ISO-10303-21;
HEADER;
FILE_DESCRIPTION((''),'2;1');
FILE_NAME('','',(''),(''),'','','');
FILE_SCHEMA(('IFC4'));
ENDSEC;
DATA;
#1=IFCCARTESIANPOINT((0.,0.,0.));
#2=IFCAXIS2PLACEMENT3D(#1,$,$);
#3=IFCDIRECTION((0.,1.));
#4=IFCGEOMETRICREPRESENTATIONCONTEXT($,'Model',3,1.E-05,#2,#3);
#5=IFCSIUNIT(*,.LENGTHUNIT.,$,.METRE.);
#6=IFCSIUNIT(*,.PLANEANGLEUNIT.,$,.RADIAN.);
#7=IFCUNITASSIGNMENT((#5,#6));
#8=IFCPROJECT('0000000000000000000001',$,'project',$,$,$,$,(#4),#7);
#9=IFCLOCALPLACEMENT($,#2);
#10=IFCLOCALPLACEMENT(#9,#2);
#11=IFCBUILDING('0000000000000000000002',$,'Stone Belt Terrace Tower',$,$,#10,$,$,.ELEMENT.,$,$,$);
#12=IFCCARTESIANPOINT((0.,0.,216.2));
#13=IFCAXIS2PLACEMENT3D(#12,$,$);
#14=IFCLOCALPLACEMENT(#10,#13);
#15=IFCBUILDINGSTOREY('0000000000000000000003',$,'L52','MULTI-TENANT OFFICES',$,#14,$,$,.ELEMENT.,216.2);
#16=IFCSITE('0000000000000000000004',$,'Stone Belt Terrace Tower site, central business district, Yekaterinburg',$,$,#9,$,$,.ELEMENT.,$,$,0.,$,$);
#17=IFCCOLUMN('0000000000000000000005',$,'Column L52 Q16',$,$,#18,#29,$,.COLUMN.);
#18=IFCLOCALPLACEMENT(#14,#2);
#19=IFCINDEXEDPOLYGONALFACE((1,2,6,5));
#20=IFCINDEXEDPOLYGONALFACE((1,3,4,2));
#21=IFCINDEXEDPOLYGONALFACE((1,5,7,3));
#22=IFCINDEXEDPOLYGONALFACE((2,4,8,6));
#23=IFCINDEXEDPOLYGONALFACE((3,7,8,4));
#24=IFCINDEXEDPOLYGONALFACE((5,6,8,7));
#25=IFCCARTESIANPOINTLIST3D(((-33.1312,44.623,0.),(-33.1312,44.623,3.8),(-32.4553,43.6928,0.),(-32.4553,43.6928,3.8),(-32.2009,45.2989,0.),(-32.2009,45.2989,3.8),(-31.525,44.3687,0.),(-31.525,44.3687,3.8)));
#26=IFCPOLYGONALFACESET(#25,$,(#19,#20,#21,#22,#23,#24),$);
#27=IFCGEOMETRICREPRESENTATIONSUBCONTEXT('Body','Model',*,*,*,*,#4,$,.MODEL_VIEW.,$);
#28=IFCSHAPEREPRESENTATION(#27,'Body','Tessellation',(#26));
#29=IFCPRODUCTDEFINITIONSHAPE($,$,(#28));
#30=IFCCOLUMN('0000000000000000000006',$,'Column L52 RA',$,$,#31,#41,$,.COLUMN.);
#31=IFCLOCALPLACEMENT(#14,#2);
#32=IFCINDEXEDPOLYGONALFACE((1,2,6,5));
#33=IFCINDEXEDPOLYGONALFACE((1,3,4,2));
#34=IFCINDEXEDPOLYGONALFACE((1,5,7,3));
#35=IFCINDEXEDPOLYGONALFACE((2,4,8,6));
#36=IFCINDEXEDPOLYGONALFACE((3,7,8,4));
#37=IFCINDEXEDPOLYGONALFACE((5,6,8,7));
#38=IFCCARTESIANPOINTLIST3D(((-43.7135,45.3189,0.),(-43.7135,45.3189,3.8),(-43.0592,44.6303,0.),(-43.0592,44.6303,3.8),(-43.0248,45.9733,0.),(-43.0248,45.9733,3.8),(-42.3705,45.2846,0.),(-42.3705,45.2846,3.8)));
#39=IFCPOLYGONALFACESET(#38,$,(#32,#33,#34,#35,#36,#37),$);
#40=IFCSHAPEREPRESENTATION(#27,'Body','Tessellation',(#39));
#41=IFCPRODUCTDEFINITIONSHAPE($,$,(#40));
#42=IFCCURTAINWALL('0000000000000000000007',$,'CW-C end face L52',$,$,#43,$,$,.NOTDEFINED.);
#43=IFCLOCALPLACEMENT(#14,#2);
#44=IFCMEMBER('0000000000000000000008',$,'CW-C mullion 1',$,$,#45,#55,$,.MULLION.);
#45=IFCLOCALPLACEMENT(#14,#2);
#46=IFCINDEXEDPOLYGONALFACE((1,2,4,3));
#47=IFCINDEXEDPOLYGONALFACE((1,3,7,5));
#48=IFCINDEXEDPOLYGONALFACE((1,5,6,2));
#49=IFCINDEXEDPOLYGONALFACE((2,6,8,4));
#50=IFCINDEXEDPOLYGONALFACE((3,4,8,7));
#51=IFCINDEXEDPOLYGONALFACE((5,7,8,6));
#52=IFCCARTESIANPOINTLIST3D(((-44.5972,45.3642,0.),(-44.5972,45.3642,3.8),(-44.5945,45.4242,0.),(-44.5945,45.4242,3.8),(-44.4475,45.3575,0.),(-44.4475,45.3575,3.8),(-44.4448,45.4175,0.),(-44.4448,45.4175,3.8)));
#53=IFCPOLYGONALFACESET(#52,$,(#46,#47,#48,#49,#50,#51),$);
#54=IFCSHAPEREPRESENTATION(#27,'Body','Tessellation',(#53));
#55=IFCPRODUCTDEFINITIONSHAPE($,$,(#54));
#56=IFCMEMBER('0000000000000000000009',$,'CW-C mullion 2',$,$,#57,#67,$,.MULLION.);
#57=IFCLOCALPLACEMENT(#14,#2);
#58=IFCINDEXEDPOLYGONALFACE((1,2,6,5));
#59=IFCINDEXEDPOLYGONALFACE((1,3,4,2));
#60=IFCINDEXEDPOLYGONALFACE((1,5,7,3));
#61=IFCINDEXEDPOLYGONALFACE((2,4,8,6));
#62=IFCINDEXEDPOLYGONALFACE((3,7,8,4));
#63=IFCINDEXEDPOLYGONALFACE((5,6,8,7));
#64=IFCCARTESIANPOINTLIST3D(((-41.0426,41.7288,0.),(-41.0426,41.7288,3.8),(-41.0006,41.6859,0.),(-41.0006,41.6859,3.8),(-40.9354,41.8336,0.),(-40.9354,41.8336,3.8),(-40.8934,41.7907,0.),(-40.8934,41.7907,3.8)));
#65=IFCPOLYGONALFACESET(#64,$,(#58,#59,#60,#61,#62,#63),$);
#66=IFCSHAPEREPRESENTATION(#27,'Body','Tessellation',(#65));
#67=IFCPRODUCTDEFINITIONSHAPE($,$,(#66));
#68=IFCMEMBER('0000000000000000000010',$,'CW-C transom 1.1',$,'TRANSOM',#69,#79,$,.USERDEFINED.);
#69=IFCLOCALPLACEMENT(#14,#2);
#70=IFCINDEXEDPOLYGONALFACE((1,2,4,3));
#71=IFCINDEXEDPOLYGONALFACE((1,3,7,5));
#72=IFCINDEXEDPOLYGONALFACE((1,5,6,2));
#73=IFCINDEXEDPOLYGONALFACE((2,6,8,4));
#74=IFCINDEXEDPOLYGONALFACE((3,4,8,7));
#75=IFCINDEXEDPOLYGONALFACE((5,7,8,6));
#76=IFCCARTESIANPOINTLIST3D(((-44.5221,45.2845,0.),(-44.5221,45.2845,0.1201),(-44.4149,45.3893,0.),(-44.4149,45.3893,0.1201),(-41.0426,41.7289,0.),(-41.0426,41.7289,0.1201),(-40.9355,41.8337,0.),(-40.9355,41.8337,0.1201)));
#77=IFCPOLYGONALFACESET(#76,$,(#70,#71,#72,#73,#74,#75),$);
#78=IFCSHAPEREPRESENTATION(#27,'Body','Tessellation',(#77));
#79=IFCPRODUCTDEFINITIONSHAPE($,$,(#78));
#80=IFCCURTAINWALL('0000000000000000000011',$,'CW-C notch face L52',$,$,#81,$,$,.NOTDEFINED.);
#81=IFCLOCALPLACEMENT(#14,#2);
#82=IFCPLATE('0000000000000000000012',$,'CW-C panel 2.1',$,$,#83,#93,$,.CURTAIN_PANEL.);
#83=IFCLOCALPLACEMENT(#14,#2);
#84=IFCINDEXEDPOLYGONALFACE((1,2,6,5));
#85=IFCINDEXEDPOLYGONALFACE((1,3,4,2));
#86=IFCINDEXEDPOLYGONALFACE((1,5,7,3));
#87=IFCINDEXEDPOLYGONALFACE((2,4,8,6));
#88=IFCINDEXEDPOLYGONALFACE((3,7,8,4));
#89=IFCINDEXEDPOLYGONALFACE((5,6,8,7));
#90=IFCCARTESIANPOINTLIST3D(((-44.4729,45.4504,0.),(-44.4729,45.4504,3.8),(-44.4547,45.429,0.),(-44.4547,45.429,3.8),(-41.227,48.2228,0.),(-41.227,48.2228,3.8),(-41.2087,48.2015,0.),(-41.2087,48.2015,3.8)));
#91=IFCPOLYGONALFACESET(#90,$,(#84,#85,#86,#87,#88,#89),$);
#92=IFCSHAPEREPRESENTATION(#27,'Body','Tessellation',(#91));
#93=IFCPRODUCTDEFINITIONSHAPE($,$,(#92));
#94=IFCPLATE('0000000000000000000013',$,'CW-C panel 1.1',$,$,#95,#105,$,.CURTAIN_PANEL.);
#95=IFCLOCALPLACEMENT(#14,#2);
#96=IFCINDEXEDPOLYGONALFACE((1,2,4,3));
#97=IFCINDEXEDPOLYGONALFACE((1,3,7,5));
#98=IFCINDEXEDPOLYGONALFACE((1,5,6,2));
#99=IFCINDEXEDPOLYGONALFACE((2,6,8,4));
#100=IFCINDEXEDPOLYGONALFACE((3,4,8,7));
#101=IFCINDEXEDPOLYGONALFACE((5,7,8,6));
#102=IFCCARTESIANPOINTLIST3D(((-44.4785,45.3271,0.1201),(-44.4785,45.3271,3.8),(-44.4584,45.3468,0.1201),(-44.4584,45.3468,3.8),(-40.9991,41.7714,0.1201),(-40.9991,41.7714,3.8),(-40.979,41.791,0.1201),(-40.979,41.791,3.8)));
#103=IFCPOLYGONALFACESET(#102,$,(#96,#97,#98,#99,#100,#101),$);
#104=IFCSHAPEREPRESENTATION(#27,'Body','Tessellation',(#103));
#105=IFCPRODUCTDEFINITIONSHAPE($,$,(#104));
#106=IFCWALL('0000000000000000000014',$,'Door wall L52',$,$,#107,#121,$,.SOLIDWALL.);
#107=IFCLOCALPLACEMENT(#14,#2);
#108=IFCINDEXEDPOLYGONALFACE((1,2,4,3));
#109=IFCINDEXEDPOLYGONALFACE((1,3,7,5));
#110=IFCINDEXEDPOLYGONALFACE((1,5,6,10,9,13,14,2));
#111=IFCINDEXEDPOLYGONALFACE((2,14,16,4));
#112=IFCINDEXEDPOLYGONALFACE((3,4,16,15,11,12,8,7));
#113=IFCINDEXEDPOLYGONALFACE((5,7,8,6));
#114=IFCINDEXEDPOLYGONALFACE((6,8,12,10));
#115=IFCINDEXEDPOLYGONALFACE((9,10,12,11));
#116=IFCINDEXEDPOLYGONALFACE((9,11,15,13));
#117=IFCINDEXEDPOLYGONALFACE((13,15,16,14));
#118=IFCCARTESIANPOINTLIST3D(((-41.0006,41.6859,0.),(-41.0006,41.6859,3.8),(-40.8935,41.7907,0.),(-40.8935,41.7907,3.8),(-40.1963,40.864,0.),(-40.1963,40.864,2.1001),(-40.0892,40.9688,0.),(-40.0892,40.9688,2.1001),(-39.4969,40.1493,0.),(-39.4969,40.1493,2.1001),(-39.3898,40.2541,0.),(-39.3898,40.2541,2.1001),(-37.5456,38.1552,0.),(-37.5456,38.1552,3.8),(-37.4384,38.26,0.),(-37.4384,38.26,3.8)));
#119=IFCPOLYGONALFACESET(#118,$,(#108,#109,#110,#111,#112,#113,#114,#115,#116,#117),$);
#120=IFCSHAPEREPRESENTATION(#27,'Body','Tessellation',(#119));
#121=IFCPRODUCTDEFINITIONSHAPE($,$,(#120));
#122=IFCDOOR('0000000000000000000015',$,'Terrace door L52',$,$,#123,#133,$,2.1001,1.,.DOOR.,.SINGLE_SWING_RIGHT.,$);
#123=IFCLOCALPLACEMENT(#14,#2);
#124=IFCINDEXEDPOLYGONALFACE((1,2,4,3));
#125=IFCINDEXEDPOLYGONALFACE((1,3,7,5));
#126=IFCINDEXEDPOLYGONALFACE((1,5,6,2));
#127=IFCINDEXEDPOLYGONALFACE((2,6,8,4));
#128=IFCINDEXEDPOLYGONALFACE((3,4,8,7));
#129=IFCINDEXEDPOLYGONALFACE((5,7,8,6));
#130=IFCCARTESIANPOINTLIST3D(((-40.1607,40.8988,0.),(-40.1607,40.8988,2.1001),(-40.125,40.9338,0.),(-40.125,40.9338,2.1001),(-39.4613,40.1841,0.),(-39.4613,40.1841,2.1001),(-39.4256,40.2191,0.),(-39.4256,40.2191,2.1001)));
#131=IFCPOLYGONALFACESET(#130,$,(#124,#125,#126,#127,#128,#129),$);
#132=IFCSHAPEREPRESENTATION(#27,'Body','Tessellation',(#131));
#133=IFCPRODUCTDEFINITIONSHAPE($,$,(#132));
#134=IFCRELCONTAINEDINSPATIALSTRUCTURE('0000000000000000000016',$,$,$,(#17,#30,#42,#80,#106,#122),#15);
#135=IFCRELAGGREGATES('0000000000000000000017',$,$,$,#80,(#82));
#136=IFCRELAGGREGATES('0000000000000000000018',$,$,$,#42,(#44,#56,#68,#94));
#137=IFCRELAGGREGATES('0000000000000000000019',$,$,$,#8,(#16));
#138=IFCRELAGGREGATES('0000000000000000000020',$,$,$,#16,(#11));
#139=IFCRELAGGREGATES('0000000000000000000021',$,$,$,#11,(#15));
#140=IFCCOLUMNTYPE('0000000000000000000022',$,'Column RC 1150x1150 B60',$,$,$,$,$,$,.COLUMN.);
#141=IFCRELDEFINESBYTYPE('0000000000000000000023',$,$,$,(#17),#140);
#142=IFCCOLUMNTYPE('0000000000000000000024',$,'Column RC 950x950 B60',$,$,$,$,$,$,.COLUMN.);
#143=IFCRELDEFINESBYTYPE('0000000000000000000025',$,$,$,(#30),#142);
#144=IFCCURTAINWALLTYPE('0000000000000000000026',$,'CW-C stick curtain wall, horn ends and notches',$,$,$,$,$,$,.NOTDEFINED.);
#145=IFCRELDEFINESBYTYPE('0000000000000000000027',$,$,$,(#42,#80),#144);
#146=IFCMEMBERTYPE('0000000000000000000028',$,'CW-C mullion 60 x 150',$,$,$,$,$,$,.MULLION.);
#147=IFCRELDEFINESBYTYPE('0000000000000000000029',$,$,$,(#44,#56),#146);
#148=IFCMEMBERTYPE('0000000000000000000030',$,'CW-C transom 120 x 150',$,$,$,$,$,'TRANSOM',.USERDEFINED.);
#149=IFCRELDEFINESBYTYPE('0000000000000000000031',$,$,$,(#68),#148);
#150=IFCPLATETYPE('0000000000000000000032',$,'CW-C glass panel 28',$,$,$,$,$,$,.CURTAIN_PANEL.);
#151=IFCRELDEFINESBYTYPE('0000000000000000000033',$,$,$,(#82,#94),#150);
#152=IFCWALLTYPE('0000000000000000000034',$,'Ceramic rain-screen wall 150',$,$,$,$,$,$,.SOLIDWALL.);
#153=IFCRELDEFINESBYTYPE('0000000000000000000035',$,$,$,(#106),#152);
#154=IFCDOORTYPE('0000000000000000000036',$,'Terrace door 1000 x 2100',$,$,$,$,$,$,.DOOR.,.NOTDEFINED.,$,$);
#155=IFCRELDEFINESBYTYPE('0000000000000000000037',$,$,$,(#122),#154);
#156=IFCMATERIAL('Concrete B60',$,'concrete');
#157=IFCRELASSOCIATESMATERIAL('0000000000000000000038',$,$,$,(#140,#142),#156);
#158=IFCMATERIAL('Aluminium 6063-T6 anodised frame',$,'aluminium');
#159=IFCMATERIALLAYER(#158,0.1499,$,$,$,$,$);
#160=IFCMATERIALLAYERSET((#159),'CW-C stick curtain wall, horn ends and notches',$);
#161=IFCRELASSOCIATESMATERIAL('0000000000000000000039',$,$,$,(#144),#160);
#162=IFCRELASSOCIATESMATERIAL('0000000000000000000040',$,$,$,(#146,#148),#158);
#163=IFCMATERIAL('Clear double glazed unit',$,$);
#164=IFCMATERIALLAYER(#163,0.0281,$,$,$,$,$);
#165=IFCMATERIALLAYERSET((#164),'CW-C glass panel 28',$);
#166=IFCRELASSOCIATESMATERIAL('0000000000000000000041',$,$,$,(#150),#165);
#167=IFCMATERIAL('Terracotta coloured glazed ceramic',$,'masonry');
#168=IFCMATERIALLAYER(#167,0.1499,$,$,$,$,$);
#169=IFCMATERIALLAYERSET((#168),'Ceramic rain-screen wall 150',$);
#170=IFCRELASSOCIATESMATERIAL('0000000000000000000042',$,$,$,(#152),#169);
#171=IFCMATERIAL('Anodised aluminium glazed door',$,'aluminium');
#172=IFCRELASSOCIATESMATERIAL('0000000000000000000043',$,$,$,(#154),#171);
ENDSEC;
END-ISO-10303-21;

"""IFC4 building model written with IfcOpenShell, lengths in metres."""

from ifc_helpers import new_model, si_unit, direction, frame, frame_2d, origin, origin_2d, place, context, subcontext, project, spatial, rectangle, extrude, material, layer, layer_set, material_profile, profile_set, type_object, element, fill, aggregate, save


model = new_model("IFC4")

# Units and contexts
model_context = context("Model", 3, precision=1e-05, world=origin(), true_north=direction((0.0, 1.0)))
body_context = subcontext(model_context, "Body", "Model", "MODEL_VIEW")
ifc_project = project(units=[si_unit("LENGTHUNIT", "METRE"), si_unit("PLANEANGLEUNIT", "RADIAN")], contexts=[model_context])

# Site, building, storey
site_placement = place(None, origin())
site = spatial("IfcSite", under=ifc_project, at=site_placement, Name="Stone Belt Terrace Tower site, central business district, Yekaterinburg", CompositionType="ELEMENT", RefElevation=0.0)
building_placement = place(site_placement, origin())
building = spatial("IfcBuilding", under=site, at=building_placement, Name="Stone Belt Terrace Tower", CompositionType="ELEMENT")
storey_placement = place(building_placement, frame((0.0, 0.0, 216.2)))
storey = spatial("IfcBuildingStorey", under=building, at=storey_placement, Name="L52", Description="MULTI-TENANT OFFICES", CompositionType="ELEMENT", Elevation=216.2)

# Columns
ifc_material_1 = material(Name="Concrete B60", Category="concrete")
ifc_material_profile_1 = material_profile(ifc_material_1, rectangle(XDim=1.1499, YDim=1.1499, at=origin_2d()), Name="RC 1150x1150")
ifc_profile_set_1 = profile_set([ifc_material_profile_1], Name="Concrete B60")
column_type_1 = type_object("IfcColumnType", Name="Column RC 1150x1150 B60", PredefinedType="COLUMN", material=ifc_profile_set_1)
column_1_placement = place(storey_placement, frame((-32.3281, 44.4958, 0.0), z_axis=(0.0, 0.0, 1.0), x_axis=(0.809017, 0.587785, 0.0)))
element("IfcColumn", 1, at=column_1_placement, inside=storey, type_object=column_type_1, Name="Column L52 Q16", PredefinedType="COLUMN", context=body_context, shape_type="SweptSolid", body=[
    extrude(rectangle(XDim=1.1499, YDim=1.1499, at=origin_2d()), origin(), (0.0, 0.0, 1.0), 3.8),
])
ifc_material_profile_2 = material_profile(ifc_material_1, rectangle(XDim=0.95, YDim=0.95, at=origin_2d()), Name="RC 950x950")
ifc_profile_set_2 = profile_set([ifc_material_profile_2], Name="Concrete B60")
column_type_2 = type_object("IfcColumnType", Name="Column RC 950x950 B60", PredefinedType="COLUMN", material=ifc_profile_set_2)
column_2_placement = place(storey_placement, frame((-43.042, 45.3018, 0.0), z_axis=(0.0, 0.0, 1.0), x_axis=(0.724959, 0.688792, 0.0)))
element("IfcColumn", 2, at=column_2_placement, inside=storey, type_object=column_type_2, Name="Column L52 RA", PredefinedType="COLUMN", context=body_context, shape_type="SweptSolid", body=[
    extrude(rectangle(XDim=0.95, YDim=0.95, at=origin_2d()), origin(), (0.0, 0.0, 1.0), 3.8),
])

# Curtain wall, members
ifc_material_2 = material(Name="Aluminium 6063-T6 anodised frame", Category="aluminium")
ifc_layer_1 = layer(ifc_material_2, 0.1499)
ifc_layer_set_1 = layer_set([ifc_layer_1], Name="CW-C stick curtain wall, horn ends and notches")
curtain_wall_type = type_object("IfcCurtainWallType", Name="CW-C stick curtain wall, horn ends and notches", PredefinedType="NOTDEFINED", material=ifc_layer_set_1)
curtain_wall_1_placement = place(storey_placement, origin())
curtain_wall_1 = element("IfcCurtainWall", 3, at=curtain_wall_1_placement, inside=storey, type_object=curtain_wall_type, Name="CW-C end face L52", PredefinedType="NOTDEFINED")
ifc_material_profile_3 = material_profile(ifc_material_2, rectangle(XDim=0.1499, YDim=0.0601, at=origin_2d()), Name="Aluminium 6063-T6 60x150")
ifc_profile_set_3 = profile_set([ifc_material_profile_3], Name="Aluminium 6063-T6 anodised frame")
member_type_1 = type_object("IfcMemberType", Name="CW-C mullion 60 x 150", PredefinedType="MULLION", material=ifc_profile_set_3)
member_1_placement = place(storey_placement, frame((-44.521, 45.3909, 0.0), z_axis=(0.0, 0.0, 1.0), x_axis=(0.999002, -0.044672, 0.0)))
member_1 = element("IfcMember", 4, at=member_1_placement, type_object=member_type_1, Name="CW-C mullion 1", PredefinedType="MULLION", context=body_context, shape_type="SweptSolid", body=[
    extrude(rectangle(XDim=0.1499, YDim=0.0601, at=origin_2d()), origin(), (0.0, 0.0, 1.0), 3.8),
])
member_2_placement = place(storey_placement, frame((-40.968, 41.7598, 0.0), z_axis=(0.0, 0.0, 1.0), x_axis=(0.714739, 0.699391, 0.0)))
member_2 = element("IfcMember", 5, at=member_2_placement, type_object=member_type_1, Name="CW-C mullion 2", PredefinedType="MULLION", context=body_context, shape_type="SweptSolid", body=[
    extrude(rectangle(XDim=0.1499, YDim=0.0601, at=origin_2d()), origin(), (0.0, 0.0, 1.0), 3.8),
])
ifc_material_profile_4 = material_profile(ifc_material_2, rectangle(XDim=0.1499, YDim=0.1201, at=origin_2d()), Name="Aluminium 6063-T6 150x120")
ifc_profile_set_4 = profile_set([ifc_material_profile_4], Name="Aluminium 6063-T6 anodised frame")
member_type_2 = type_object("IfcMemberType", Name="CW-C transom 120 x 150", ElementType="TRANSOM", PredefinedType="USERDEFINED", material=ifc_profile_set_4)
member_3_placement = place(storey_placement, frame((-44.4685, 45.3369, 0.0601), z_axis=(0.69941, -0.714721, 0.0), x_axis=(0.714721, 0.69941, 0.0)))
member_3 = element("IfcMember", 6, at=member_3_placement, type_object=member_type_2, Name="CW-C transom 1.1", ObjectType="TRANSOM", PredefinedType="USERDEFINED", context=body_context, shape_type="SweptSolid", body=[
    extrude(rectangle(XDim=0.1499, YDim=0.1201, at=origin_2d()), origin(), (0.0, 0.0, 1.0), 4.9749),
])

# Curtain wall, plate
curtain_wall_2_placement = place(storey_placement, origin())
curtain_wall_2 = element("IfcCurtainWall", 7, at=curtain_wall_2_placement, inside=storey, type_object=curtain_wall_type, Name="CW-C notch face L52", PredefinedType="NOTDEFINED")
ifc_material_3 = material(Name="Clear double glazed unit")
ifc_layer_2 = layer(ifc_material_3, 0.0281)
ifc_layer_set_2 = layer_set([ifc_layer_2], Name="CW-C glass panel 28")
plate_type = type_object("IfcPlateType", Name="CW-C glass panel 28", PredefinedType="CURTAIN_PANEL", material=ifc_layer_set_2)
plate_1_placement = place(storey_placement, frame((-42.8408, 46.8259, 0.0), z_axis=(0.0, 0.0, 1.0), x_axis=(-0.760394, -0.649462, 0.0)))
plate_1 = element("IfcPlate", 8, at=plate_1_placement, type_object=plate_type, Name="CW-C panel 2.1", PredefinedType="CURTAIN_PANEL", context=body_context, shape_type="SweptSolid", body=[
    extrude(rectangle(XDim=4.2688, YDim=0.0281, at=origin_2d()), origin(), (0.0, 0.0, 1.0), 3.8),
])
aggregate(curtain_wall_2, [plate_1])

# Plate
plate_2_placement = place(storey_placement, frame((-42.7288, 43.5591, 0.1201), z_axis=(0.0, 0.0, 1.0), x_axis=(0.699391, -0.714739, 0.0)))
plate_2 = element("IfcPlate", 9, at=plate_2_placement, type_object=plate_type, Name="CW-C panel 1.1", PredefinedType="CURTAIN_PANEL", context=body_context, shape_type="SweptSolid", body=[
    extrude(rectangle(XDim=4.9749, YDim=0.0281, at=origin_2d()), origin(), (0.0, 0.0, 1.0), 3.6799),
])
aggregate(curtain_wall_1, [member_1, member_2, member_3, plate_2])

# Wall, opening, door
ifc_material_4 = material(Name="Terracotta coloured glazed ceramic", Category="masonry")
ifc_layer_3 = layer(ifc_material_4, 0.1499)
ifc_layer_set_3 = layer_set([ifc_layer_3], Name="Ceramic rain-screen wall 150")
wall_type_1 = type_object("IfcWallType", Name="Ceramic rain-screen wall 150", PredefinedType="SOLIDWALL", material=ifc_layer_set_3)
wall_1_placement = place(storey_placement, frame((-40.947, 41.7383, 0.0), z_axis=(0.0, 0.0, 1.0), x_axis=(0.699405, -0.714726, 0.0)))
wall_1 = element("IfcWall", 10, at=wall_1_placement, inside=storey, type_object=wall_type_1, Name="Door wall L52", PredefinedType="SOLIDWALL", context=body_context, shape_type="SweptSolid", body=[
    extrude(rectangle(XDim=4.9399, YDim=0.1499, at=frame_2d((2.47, 0.0))), origin(), (0.0, 0.0, 1.0), 3.8),
])
opening_1_placement = place(wall_1_placement, frame((1.1499, 0.0, 0.0)))
opening_1 = element("IfcOpeningElement", 11, at=opening_1_placement, cuts=wall_1, PredefinedType="OPENING", context=body_context, shape_type="SweptSolid", body=[
    extrude(rectangle(XDim=1.0, YDim=2.1001, at=frame_2d((0.5, 1.05))), frame((0.0, 0.085, 0.0), z_axis=(0.0, -1.0, 0.0), x_axis=(1.0, 0.0, 0.0)), (0.0, 0.0, 1.0), 0.1699),
])
ifc_material_5 = material(Name="Anodised aluminium glazed door", Category="aluminium")
door_type_1 = type_object("IfcDoorType", Name="Terrace door 1000 x 2100", OperationType="NOTDEFINED", PredefinedType="DOOR", material=ifc_material_5)
door_1_placement = place(opening_1_placement, origin())
door_1 = element("IfcDoor", 12, at=door_1_placement, inside=storey, type_object=door_type_1, Name="Terrace door L52", OperationType="SINGLE_SWING_RIGHT", OverallHeight=2.1001, OverallWidth=1.0, PredefinedType="DOOR", context=body_context, shape_type="SweptSolid", body=[
    extrude(rectangle(XDim=1.0, YDim=2.1001, at=frame_2d((0.5, 1.05))), frame((0.0, 0.0249, 0.0), z_axis=(0.0, -1.0, 0.0), x_axis=(1.0, 0.0, 0.0)), (0.0, 0.0, 1.0), 0.05),
])
fill(opening_1, door_1)

save(model, "model.ifc")
